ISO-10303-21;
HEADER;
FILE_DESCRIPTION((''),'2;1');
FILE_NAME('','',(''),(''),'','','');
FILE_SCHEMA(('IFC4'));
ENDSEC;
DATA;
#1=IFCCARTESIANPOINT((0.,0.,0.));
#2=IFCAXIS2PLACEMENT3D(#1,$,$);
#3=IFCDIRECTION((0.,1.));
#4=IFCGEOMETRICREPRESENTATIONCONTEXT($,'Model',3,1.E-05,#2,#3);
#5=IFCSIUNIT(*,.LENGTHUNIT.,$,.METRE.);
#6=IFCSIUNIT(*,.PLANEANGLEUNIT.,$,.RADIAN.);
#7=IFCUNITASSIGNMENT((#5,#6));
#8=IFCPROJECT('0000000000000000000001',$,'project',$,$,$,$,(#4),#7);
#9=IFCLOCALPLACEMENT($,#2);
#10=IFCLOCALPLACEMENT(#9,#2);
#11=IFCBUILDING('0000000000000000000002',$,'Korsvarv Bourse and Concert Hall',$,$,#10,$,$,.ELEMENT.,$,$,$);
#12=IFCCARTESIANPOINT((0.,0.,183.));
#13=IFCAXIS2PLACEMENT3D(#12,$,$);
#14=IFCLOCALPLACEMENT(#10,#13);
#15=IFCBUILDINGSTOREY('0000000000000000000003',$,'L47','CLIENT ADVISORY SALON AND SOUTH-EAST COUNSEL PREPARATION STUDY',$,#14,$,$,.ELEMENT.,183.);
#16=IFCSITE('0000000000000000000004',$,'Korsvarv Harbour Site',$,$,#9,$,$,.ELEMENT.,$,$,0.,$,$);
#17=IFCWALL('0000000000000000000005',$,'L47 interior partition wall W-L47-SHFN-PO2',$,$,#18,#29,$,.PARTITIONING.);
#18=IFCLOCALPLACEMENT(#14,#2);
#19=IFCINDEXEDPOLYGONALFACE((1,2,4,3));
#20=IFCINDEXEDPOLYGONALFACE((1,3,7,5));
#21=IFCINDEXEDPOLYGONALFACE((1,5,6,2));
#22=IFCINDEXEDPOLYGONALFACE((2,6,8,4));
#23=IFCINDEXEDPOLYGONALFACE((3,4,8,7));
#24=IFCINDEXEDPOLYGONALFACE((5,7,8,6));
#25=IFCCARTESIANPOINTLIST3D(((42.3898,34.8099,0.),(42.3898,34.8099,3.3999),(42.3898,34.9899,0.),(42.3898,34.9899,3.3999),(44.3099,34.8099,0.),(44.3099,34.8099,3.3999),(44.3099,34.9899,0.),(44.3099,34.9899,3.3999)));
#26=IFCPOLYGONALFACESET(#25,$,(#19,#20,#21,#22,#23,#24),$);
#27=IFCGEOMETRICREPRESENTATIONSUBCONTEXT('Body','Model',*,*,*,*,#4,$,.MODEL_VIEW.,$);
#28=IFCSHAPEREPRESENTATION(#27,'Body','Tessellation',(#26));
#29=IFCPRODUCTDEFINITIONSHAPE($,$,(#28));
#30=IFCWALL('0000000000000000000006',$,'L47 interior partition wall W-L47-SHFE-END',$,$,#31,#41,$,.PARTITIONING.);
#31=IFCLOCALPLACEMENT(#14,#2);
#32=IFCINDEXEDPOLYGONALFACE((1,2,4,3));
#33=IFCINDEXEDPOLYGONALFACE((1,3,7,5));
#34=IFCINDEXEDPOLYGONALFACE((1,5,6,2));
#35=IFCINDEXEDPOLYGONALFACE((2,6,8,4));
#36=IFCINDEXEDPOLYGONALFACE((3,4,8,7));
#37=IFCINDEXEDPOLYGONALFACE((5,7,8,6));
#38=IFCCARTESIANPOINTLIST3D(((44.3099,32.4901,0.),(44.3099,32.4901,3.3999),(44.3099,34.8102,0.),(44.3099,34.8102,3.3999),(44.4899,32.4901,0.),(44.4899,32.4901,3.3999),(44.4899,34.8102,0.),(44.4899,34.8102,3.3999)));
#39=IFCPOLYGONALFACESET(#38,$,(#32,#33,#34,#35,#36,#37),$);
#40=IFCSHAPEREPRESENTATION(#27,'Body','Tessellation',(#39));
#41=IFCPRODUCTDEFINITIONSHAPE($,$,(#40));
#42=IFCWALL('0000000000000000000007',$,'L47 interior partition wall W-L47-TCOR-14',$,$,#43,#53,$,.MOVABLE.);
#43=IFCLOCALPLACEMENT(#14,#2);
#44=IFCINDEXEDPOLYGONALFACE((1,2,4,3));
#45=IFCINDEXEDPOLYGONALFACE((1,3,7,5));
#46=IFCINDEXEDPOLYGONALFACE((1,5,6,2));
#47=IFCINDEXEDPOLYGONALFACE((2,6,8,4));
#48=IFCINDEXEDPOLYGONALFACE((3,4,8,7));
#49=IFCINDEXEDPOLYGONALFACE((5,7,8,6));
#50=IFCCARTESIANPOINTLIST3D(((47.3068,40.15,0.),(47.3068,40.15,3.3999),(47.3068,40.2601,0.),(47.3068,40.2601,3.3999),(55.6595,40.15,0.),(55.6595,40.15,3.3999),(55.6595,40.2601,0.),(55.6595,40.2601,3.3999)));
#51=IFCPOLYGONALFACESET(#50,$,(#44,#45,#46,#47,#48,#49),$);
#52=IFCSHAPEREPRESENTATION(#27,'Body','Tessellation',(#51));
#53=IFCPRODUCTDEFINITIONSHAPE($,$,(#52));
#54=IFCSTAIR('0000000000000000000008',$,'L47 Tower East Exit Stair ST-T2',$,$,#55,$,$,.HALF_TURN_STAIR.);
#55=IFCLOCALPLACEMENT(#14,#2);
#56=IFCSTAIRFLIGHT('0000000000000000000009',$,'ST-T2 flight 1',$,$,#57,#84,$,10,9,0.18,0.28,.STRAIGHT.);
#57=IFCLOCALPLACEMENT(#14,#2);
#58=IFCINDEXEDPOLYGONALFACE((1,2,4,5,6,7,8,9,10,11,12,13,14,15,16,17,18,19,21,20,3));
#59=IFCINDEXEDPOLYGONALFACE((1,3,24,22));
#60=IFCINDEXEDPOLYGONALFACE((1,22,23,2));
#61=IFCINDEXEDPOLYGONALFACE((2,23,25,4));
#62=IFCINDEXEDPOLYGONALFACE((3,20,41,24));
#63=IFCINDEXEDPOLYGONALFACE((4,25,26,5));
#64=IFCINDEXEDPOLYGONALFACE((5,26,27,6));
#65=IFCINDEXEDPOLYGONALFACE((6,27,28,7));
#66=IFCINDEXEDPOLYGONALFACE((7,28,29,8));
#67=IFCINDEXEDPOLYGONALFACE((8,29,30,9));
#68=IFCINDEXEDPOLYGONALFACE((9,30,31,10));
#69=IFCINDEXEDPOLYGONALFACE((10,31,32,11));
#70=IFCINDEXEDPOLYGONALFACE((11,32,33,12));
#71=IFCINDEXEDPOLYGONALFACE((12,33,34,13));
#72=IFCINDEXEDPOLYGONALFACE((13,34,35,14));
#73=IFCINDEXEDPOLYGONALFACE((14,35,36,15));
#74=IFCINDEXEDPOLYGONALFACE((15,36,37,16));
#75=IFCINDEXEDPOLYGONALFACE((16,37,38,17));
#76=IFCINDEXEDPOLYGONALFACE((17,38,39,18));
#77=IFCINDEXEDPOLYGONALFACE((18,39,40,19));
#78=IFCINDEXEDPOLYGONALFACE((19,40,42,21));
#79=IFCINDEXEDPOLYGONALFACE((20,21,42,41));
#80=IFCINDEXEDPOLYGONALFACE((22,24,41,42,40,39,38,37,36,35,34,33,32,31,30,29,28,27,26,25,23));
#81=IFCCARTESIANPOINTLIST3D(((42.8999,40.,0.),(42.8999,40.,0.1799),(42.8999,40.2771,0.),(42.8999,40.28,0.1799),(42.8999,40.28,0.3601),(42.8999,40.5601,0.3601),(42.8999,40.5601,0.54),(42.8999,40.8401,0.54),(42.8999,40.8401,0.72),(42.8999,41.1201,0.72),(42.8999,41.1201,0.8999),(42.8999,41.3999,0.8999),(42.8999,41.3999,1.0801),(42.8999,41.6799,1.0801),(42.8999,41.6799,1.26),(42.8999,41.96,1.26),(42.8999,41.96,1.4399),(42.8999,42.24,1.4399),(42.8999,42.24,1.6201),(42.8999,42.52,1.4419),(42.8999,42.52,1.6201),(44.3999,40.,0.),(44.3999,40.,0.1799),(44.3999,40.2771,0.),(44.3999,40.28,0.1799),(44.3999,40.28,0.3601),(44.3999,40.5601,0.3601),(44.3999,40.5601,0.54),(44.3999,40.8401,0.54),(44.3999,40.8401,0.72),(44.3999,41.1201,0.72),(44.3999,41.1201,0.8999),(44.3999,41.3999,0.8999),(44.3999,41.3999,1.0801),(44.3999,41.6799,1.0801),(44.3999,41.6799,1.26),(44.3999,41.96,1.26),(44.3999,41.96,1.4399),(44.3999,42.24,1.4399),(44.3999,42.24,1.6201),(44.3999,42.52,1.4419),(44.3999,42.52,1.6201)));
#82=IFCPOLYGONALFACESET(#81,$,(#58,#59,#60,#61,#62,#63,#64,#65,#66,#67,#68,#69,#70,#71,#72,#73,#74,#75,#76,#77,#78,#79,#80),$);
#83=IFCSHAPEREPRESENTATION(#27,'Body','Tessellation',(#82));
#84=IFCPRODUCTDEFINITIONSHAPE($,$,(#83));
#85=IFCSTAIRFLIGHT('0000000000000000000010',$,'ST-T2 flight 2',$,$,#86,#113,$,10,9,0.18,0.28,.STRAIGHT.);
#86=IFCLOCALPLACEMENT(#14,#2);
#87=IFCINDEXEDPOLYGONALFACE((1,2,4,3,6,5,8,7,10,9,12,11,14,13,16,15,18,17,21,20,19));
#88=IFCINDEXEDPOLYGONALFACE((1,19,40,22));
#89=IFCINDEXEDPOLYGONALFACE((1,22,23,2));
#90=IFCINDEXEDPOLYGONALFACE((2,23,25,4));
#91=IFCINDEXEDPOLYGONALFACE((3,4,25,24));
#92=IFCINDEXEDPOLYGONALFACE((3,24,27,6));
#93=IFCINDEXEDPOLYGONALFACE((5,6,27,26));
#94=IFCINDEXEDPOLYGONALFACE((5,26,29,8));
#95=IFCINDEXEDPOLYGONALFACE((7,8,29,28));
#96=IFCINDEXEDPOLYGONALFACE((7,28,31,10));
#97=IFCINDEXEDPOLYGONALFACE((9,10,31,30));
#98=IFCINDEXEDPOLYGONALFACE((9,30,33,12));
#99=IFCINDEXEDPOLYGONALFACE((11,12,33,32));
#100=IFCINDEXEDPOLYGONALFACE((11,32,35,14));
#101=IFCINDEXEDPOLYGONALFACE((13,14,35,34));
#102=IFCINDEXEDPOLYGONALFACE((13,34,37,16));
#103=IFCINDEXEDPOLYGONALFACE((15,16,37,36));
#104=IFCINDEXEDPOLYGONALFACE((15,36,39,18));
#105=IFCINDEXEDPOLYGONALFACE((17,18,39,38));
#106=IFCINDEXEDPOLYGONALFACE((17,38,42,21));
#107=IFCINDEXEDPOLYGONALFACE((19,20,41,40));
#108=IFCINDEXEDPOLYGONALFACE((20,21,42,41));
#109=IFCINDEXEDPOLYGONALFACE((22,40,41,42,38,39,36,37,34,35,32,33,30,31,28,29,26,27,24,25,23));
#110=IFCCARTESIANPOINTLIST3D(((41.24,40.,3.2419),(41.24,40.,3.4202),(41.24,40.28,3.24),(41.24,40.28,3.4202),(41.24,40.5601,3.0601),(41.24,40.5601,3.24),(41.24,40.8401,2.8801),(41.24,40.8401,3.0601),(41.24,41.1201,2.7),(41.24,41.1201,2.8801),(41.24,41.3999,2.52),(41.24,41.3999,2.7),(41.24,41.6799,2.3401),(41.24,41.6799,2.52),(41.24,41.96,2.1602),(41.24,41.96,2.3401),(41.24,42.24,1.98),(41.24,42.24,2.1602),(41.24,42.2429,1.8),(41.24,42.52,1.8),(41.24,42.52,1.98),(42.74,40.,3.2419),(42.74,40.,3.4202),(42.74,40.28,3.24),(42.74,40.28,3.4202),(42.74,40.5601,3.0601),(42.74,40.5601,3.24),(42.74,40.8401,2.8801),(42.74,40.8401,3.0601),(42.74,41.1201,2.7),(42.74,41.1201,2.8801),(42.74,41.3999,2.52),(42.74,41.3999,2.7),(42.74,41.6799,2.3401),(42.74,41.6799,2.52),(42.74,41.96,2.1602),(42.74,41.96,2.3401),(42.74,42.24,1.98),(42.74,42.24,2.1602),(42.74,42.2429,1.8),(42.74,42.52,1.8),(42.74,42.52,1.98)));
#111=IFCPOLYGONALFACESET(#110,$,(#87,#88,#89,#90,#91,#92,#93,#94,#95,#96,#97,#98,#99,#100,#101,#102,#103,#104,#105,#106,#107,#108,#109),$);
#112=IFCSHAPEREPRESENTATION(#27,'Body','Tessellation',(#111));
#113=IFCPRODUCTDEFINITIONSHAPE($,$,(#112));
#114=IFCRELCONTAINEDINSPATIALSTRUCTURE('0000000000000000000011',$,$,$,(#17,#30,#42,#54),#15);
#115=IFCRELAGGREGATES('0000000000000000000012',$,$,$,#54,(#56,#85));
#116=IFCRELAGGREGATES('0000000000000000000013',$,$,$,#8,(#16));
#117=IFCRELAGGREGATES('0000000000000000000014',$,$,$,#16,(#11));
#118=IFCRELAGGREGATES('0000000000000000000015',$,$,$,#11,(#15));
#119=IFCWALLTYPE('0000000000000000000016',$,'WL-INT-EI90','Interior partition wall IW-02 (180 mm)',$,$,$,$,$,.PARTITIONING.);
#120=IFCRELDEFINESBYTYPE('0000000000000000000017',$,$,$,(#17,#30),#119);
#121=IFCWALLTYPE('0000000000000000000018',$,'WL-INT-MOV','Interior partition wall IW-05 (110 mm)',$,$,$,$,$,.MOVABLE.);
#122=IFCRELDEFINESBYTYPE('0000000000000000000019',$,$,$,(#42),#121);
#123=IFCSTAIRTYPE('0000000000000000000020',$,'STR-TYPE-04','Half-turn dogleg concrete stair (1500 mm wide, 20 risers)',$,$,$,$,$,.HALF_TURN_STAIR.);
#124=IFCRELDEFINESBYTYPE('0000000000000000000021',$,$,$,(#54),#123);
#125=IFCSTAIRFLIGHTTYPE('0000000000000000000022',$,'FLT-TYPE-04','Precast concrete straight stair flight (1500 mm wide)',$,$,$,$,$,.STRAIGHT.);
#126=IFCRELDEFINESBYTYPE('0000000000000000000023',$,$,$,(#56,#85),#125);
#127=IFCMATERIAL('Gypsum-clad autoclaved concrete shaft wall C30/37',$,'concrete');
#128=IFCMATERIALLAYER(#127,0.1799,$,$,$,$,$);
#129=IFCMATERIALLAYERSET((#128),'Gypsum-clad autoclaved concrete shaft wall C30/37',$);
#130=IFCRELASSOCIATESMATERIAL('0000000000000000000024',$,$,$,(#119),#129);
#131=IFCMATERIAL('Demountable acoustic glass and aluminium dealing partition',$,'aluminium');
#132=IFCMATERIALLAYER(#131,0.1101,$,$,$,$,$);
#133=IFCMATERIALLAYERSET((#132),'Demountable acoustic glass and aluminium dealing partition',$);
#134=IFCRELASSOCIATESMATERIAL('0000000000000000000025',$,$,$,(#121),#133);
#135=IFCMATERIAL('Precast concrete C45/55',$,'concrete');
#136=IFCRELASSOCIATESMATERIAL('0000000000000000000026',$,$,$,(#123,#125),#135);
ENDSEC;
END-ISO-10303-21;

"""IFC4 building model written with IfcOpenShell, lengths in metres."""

from ifc_helpers import new_model, si_unit, direction, frame, frame_2d, origin, place, context, subcontext, project, spatial, polyline, rectangle, outline, extrude, material, layer, layer_set, type_object, element, aggregate, save


model = new_model("IFC4")

# Units and contexts
model_context = context("Model", 3, precision=1e-05, world=origin(), true_north=direction((0.0, 1.0)))
body_context = subcontext(model_context, "Body", "Model", "MODEL_VIEW")
ifc_project = project(units=[si_unit("LENGTHUNIT", "METRE"), si_unit("PLANEANGLEUNIT", "RADIAN")], contexts=[model_context])

# Site, building, storey
site_placement = place(None, origin())
site = spatial("IfcSite", under=ifc_project, at=site_placement, Name="Korsvarv Harbour Site", CompositionType="ELEMENT", RefElevation=0.0)
building_placement = place(site_placement, origin())
building = spatial("IfcBuilding", under=site, at=building_placement, Name="Korsvarv Bourse and Concert Hall", CompositionType="ELEMENT")
storey_placement = place(building_placement, frame((0.0, 0.0, 183.0)))
storey = spatial("IfcBuildingStorey", under=building, at=storey_placement, Name="L47", Description="CLIENT ADVISORY SALON AND SOUTH-EAST COUNSEL PREPARATION STUDY", CompositionType="ELEMENT", Elevation=183.0)

# Walls
ifc_material_1 = material(Name="Gypsum-clad autoclaved concrete shaft wall C30/37", Category="concrete")
ifc_layer_1 = layer(ifc_material_1, 0.1799)
ifc_layer_set_1 = layer_set([ifc_layer_1], Name="Gypsum-clad autoclaved concrete shaft wall C30/37")
wall_type_1 = type_object("IfcWallType", Name="WL-INT-EI90", Description="Interior partition wall IW-02 (180 mm)", PredefinedType="PARTITIONING", material=ifc_layer_set_1)
wall_1_placement = place(storey_placement, frame((42.3899, 34.8999, 0.0), z_axis=(0.0, 0.0, 1.0), x_axis=(1.0, 0.0, 0.0)))
element("IfcWall", 1, at=wall_1_placement, inside=storey, type_object=wall_type_1, Name="L47 interior partition wall W-L47-SHFN-PO2", PredefinedType="PARTITIONING", context=body_context, shape_type="SweptSolid", body=[
    extrude(rectangle(XDim=1.9202, YDim=0.1799, at=frame_2d((0.96, 0.0))), origin(), (0.0, 0.0, 1.0), 3.3999),
])
wall_2_placement = place(storey_placement, frame((44.3999, 32.49, 0.0), z_axis=(0.0, 0.0, 1.0), x_axis=(0.0, 1.0, 0.0)))
element("IfcWall", 2, at=wall_2_placement, inside=storey, type_object=wall_type_1, Name="L47 interior partition wall W-L47-SHFE-END", PredefinedType="PARTITIONING", context=body_context, shape_type="SweptSolid", body=[
    extrude(rectangle(XDim=2.3201, YDim=0.1799, at=frame_2d((1.1602, 0.0))), origin(), (0.0, 0.0, 1.0), 3.3999),
])
ifc_material_2 = material(Name="Demountable acoustic glass and aluminium dealing partition", Category="aluminium")
ifc_layer_2 = layer(ifc_material_2, 0.1101)
ifc_layer_set_2 = layer_set([ifc_layer_2], Name="Demountable acoustic glass and aluminium dealing partition")
wall_type_2 = type_object("IfcWallType", Name="WL-INT-MOV", Description="Interior partition wall IW-05 (110 mm)", PredefinedType="MOVABLE", material=ifc_layer_set_2)
wall_3_placement = place(storey_placement, frame((47.3069, 40.2051, 0.0), z_axis=(0.0, 0.0, 1.0), x_axis=(1.0, 0.0, 0.0)))
element("IfcWall", 3, at=wall_3_placement, inside=storey, type_object=wall_type_2, Name="L47 interior partition wall W-L47-TCOR-14", PredefinedType="MOVABLE", context=body_context, shape_type="SweptSolid", body=[
    extrude(rectangle(XDim=8.3528, YDim=0.1101, at=frame_2d((4.1763, 0.0))), origin(), (0.0, 0.0, 1.0), 3.3999),
])

# Stair, stair flights
ifc_material_3 = material(Name="Precast concrete C45/55", Category="concrete")
stair_type = type_object("IfcStairType", Name="STR-TYPE-04", Description="Half-turn dogleg concrete stair (1500 mm wide, 20 risers)", PredefinedType="HALF_TURN_STAIR", material=ifc_material_3)
stair_placement = place(storey_placement, origin())
stair = element("IfcStair", 4, at=stair_placement, inside=storey, type_object=stair_type, Name="L47 Tower East Exit Stair ST-T2", PredefinedType="HALF_TURN_STAIR")
stair_flight_type = type_object("IfcStairFlightType", Name="FLT-TYPE-04", Description="Precast concrete straight stair flight (1500 mm wide)", PredefinedType="STRAIGHT", material=ifc_material_3)
stair_flight_1_placement = place(storey_placement, frame((43.6499, 40.0, 0.0), z_axis=(0.0, 0.0, 1.0), x_axis=(0.0, 1.0, 0.0)))
stair_flight_1 = element("IfcStairFlight", 5, at=stair_flight_1_placement, type_object=stair_flight_type, Name="ST-T2 flight 1", NumberOfRisers=10, NumberOfTreads=9, PredefinedType="STRAIGHT", RiserHeight=0.18, TreadLength=0.28, context=body_context, shape_type="SweptSolid", body=[
    extrude(outline(polyline([(0.0, 0.0), (0.0, 0.1799), (0.28, 0.1799), (0.28, 0.3601), (0.5601, 0.3601), (0.5601, 0.54), (0.8401, 0.54), (0.8401, 0.72), (1.1201, 0.72), (1.1201, 0.8999), (1.3999, 0.8999), (1.3999, 1.0801), (1.6799, 1.0801), (1.6799, 1.26), (1.96, 1.26), (1.96, 1.4399), (2.24, 1.4399), (2.24, 1.6201), (2.52, 1.6201), (2.52, 1.8), (2.52, 1.4419), (0.2771, 0.0), (0.0, 0.0)])), frame((0.0, 0.75, 0.0), z_axis=(0.0, -1.0, 0.0), x_axis=(1.0, 0.0, 0.0)), (0.0, 0.0, 1.0), 1.5),
])
stair_flight_2_placement = place(storey_placement, frame((41.99, 42.52, 1.8), z_axis=(0.0, 0.0, 1.0), x_axis=(0.0, -1.0, 0.0)))
stair_flight_2 = element("IfcStairFlight", 6, at=stair_flight_2_placement, type_object=stair_flight_type, Name="ST-T2 flight 2", NumberOfRisers=10, NumberOfTreads=9, PredefinedType="STRAIGHT", RiserHeight=0.18, TreadLength=0.28, context=body_context, shape_type="SweptSolid", body=[
    extrude(outline(polyline([(0.0, 0.0), (0.0, 0.1799), (0.28, 0.1799), (0.28, 0.3601), (0.5601, 0.3601), (0.5601, 0.54), (0.8401, 0.54), (0.8401, 0.72), (1.1201, 0.72), (1.1201, 0.8999), (1.3999, 0.8999), (1.3999, 1.0801), (1.6799, 1.0801), (1.6799, 1.26), (1.96, 1.26), (1.96, 1.4399), (2.24, 1.4399), (2.24, 1.6201), (2.52, 1.6201), (2.52, 1.8), (2.52, 1.4419), (0.2771, 0.0), (0.0, 0.0)])), frame((0.0, 0.75, 0.0), z_axis=(0.0, -1.0, 0.0), x_axis=(1.0, 0.0, 0.0)), (0.0, 0.0, 1.0), 1.5),
])
aggregate(stair, [stair_flight_1, stair_flight_2])

save(model, "model.ifc")
